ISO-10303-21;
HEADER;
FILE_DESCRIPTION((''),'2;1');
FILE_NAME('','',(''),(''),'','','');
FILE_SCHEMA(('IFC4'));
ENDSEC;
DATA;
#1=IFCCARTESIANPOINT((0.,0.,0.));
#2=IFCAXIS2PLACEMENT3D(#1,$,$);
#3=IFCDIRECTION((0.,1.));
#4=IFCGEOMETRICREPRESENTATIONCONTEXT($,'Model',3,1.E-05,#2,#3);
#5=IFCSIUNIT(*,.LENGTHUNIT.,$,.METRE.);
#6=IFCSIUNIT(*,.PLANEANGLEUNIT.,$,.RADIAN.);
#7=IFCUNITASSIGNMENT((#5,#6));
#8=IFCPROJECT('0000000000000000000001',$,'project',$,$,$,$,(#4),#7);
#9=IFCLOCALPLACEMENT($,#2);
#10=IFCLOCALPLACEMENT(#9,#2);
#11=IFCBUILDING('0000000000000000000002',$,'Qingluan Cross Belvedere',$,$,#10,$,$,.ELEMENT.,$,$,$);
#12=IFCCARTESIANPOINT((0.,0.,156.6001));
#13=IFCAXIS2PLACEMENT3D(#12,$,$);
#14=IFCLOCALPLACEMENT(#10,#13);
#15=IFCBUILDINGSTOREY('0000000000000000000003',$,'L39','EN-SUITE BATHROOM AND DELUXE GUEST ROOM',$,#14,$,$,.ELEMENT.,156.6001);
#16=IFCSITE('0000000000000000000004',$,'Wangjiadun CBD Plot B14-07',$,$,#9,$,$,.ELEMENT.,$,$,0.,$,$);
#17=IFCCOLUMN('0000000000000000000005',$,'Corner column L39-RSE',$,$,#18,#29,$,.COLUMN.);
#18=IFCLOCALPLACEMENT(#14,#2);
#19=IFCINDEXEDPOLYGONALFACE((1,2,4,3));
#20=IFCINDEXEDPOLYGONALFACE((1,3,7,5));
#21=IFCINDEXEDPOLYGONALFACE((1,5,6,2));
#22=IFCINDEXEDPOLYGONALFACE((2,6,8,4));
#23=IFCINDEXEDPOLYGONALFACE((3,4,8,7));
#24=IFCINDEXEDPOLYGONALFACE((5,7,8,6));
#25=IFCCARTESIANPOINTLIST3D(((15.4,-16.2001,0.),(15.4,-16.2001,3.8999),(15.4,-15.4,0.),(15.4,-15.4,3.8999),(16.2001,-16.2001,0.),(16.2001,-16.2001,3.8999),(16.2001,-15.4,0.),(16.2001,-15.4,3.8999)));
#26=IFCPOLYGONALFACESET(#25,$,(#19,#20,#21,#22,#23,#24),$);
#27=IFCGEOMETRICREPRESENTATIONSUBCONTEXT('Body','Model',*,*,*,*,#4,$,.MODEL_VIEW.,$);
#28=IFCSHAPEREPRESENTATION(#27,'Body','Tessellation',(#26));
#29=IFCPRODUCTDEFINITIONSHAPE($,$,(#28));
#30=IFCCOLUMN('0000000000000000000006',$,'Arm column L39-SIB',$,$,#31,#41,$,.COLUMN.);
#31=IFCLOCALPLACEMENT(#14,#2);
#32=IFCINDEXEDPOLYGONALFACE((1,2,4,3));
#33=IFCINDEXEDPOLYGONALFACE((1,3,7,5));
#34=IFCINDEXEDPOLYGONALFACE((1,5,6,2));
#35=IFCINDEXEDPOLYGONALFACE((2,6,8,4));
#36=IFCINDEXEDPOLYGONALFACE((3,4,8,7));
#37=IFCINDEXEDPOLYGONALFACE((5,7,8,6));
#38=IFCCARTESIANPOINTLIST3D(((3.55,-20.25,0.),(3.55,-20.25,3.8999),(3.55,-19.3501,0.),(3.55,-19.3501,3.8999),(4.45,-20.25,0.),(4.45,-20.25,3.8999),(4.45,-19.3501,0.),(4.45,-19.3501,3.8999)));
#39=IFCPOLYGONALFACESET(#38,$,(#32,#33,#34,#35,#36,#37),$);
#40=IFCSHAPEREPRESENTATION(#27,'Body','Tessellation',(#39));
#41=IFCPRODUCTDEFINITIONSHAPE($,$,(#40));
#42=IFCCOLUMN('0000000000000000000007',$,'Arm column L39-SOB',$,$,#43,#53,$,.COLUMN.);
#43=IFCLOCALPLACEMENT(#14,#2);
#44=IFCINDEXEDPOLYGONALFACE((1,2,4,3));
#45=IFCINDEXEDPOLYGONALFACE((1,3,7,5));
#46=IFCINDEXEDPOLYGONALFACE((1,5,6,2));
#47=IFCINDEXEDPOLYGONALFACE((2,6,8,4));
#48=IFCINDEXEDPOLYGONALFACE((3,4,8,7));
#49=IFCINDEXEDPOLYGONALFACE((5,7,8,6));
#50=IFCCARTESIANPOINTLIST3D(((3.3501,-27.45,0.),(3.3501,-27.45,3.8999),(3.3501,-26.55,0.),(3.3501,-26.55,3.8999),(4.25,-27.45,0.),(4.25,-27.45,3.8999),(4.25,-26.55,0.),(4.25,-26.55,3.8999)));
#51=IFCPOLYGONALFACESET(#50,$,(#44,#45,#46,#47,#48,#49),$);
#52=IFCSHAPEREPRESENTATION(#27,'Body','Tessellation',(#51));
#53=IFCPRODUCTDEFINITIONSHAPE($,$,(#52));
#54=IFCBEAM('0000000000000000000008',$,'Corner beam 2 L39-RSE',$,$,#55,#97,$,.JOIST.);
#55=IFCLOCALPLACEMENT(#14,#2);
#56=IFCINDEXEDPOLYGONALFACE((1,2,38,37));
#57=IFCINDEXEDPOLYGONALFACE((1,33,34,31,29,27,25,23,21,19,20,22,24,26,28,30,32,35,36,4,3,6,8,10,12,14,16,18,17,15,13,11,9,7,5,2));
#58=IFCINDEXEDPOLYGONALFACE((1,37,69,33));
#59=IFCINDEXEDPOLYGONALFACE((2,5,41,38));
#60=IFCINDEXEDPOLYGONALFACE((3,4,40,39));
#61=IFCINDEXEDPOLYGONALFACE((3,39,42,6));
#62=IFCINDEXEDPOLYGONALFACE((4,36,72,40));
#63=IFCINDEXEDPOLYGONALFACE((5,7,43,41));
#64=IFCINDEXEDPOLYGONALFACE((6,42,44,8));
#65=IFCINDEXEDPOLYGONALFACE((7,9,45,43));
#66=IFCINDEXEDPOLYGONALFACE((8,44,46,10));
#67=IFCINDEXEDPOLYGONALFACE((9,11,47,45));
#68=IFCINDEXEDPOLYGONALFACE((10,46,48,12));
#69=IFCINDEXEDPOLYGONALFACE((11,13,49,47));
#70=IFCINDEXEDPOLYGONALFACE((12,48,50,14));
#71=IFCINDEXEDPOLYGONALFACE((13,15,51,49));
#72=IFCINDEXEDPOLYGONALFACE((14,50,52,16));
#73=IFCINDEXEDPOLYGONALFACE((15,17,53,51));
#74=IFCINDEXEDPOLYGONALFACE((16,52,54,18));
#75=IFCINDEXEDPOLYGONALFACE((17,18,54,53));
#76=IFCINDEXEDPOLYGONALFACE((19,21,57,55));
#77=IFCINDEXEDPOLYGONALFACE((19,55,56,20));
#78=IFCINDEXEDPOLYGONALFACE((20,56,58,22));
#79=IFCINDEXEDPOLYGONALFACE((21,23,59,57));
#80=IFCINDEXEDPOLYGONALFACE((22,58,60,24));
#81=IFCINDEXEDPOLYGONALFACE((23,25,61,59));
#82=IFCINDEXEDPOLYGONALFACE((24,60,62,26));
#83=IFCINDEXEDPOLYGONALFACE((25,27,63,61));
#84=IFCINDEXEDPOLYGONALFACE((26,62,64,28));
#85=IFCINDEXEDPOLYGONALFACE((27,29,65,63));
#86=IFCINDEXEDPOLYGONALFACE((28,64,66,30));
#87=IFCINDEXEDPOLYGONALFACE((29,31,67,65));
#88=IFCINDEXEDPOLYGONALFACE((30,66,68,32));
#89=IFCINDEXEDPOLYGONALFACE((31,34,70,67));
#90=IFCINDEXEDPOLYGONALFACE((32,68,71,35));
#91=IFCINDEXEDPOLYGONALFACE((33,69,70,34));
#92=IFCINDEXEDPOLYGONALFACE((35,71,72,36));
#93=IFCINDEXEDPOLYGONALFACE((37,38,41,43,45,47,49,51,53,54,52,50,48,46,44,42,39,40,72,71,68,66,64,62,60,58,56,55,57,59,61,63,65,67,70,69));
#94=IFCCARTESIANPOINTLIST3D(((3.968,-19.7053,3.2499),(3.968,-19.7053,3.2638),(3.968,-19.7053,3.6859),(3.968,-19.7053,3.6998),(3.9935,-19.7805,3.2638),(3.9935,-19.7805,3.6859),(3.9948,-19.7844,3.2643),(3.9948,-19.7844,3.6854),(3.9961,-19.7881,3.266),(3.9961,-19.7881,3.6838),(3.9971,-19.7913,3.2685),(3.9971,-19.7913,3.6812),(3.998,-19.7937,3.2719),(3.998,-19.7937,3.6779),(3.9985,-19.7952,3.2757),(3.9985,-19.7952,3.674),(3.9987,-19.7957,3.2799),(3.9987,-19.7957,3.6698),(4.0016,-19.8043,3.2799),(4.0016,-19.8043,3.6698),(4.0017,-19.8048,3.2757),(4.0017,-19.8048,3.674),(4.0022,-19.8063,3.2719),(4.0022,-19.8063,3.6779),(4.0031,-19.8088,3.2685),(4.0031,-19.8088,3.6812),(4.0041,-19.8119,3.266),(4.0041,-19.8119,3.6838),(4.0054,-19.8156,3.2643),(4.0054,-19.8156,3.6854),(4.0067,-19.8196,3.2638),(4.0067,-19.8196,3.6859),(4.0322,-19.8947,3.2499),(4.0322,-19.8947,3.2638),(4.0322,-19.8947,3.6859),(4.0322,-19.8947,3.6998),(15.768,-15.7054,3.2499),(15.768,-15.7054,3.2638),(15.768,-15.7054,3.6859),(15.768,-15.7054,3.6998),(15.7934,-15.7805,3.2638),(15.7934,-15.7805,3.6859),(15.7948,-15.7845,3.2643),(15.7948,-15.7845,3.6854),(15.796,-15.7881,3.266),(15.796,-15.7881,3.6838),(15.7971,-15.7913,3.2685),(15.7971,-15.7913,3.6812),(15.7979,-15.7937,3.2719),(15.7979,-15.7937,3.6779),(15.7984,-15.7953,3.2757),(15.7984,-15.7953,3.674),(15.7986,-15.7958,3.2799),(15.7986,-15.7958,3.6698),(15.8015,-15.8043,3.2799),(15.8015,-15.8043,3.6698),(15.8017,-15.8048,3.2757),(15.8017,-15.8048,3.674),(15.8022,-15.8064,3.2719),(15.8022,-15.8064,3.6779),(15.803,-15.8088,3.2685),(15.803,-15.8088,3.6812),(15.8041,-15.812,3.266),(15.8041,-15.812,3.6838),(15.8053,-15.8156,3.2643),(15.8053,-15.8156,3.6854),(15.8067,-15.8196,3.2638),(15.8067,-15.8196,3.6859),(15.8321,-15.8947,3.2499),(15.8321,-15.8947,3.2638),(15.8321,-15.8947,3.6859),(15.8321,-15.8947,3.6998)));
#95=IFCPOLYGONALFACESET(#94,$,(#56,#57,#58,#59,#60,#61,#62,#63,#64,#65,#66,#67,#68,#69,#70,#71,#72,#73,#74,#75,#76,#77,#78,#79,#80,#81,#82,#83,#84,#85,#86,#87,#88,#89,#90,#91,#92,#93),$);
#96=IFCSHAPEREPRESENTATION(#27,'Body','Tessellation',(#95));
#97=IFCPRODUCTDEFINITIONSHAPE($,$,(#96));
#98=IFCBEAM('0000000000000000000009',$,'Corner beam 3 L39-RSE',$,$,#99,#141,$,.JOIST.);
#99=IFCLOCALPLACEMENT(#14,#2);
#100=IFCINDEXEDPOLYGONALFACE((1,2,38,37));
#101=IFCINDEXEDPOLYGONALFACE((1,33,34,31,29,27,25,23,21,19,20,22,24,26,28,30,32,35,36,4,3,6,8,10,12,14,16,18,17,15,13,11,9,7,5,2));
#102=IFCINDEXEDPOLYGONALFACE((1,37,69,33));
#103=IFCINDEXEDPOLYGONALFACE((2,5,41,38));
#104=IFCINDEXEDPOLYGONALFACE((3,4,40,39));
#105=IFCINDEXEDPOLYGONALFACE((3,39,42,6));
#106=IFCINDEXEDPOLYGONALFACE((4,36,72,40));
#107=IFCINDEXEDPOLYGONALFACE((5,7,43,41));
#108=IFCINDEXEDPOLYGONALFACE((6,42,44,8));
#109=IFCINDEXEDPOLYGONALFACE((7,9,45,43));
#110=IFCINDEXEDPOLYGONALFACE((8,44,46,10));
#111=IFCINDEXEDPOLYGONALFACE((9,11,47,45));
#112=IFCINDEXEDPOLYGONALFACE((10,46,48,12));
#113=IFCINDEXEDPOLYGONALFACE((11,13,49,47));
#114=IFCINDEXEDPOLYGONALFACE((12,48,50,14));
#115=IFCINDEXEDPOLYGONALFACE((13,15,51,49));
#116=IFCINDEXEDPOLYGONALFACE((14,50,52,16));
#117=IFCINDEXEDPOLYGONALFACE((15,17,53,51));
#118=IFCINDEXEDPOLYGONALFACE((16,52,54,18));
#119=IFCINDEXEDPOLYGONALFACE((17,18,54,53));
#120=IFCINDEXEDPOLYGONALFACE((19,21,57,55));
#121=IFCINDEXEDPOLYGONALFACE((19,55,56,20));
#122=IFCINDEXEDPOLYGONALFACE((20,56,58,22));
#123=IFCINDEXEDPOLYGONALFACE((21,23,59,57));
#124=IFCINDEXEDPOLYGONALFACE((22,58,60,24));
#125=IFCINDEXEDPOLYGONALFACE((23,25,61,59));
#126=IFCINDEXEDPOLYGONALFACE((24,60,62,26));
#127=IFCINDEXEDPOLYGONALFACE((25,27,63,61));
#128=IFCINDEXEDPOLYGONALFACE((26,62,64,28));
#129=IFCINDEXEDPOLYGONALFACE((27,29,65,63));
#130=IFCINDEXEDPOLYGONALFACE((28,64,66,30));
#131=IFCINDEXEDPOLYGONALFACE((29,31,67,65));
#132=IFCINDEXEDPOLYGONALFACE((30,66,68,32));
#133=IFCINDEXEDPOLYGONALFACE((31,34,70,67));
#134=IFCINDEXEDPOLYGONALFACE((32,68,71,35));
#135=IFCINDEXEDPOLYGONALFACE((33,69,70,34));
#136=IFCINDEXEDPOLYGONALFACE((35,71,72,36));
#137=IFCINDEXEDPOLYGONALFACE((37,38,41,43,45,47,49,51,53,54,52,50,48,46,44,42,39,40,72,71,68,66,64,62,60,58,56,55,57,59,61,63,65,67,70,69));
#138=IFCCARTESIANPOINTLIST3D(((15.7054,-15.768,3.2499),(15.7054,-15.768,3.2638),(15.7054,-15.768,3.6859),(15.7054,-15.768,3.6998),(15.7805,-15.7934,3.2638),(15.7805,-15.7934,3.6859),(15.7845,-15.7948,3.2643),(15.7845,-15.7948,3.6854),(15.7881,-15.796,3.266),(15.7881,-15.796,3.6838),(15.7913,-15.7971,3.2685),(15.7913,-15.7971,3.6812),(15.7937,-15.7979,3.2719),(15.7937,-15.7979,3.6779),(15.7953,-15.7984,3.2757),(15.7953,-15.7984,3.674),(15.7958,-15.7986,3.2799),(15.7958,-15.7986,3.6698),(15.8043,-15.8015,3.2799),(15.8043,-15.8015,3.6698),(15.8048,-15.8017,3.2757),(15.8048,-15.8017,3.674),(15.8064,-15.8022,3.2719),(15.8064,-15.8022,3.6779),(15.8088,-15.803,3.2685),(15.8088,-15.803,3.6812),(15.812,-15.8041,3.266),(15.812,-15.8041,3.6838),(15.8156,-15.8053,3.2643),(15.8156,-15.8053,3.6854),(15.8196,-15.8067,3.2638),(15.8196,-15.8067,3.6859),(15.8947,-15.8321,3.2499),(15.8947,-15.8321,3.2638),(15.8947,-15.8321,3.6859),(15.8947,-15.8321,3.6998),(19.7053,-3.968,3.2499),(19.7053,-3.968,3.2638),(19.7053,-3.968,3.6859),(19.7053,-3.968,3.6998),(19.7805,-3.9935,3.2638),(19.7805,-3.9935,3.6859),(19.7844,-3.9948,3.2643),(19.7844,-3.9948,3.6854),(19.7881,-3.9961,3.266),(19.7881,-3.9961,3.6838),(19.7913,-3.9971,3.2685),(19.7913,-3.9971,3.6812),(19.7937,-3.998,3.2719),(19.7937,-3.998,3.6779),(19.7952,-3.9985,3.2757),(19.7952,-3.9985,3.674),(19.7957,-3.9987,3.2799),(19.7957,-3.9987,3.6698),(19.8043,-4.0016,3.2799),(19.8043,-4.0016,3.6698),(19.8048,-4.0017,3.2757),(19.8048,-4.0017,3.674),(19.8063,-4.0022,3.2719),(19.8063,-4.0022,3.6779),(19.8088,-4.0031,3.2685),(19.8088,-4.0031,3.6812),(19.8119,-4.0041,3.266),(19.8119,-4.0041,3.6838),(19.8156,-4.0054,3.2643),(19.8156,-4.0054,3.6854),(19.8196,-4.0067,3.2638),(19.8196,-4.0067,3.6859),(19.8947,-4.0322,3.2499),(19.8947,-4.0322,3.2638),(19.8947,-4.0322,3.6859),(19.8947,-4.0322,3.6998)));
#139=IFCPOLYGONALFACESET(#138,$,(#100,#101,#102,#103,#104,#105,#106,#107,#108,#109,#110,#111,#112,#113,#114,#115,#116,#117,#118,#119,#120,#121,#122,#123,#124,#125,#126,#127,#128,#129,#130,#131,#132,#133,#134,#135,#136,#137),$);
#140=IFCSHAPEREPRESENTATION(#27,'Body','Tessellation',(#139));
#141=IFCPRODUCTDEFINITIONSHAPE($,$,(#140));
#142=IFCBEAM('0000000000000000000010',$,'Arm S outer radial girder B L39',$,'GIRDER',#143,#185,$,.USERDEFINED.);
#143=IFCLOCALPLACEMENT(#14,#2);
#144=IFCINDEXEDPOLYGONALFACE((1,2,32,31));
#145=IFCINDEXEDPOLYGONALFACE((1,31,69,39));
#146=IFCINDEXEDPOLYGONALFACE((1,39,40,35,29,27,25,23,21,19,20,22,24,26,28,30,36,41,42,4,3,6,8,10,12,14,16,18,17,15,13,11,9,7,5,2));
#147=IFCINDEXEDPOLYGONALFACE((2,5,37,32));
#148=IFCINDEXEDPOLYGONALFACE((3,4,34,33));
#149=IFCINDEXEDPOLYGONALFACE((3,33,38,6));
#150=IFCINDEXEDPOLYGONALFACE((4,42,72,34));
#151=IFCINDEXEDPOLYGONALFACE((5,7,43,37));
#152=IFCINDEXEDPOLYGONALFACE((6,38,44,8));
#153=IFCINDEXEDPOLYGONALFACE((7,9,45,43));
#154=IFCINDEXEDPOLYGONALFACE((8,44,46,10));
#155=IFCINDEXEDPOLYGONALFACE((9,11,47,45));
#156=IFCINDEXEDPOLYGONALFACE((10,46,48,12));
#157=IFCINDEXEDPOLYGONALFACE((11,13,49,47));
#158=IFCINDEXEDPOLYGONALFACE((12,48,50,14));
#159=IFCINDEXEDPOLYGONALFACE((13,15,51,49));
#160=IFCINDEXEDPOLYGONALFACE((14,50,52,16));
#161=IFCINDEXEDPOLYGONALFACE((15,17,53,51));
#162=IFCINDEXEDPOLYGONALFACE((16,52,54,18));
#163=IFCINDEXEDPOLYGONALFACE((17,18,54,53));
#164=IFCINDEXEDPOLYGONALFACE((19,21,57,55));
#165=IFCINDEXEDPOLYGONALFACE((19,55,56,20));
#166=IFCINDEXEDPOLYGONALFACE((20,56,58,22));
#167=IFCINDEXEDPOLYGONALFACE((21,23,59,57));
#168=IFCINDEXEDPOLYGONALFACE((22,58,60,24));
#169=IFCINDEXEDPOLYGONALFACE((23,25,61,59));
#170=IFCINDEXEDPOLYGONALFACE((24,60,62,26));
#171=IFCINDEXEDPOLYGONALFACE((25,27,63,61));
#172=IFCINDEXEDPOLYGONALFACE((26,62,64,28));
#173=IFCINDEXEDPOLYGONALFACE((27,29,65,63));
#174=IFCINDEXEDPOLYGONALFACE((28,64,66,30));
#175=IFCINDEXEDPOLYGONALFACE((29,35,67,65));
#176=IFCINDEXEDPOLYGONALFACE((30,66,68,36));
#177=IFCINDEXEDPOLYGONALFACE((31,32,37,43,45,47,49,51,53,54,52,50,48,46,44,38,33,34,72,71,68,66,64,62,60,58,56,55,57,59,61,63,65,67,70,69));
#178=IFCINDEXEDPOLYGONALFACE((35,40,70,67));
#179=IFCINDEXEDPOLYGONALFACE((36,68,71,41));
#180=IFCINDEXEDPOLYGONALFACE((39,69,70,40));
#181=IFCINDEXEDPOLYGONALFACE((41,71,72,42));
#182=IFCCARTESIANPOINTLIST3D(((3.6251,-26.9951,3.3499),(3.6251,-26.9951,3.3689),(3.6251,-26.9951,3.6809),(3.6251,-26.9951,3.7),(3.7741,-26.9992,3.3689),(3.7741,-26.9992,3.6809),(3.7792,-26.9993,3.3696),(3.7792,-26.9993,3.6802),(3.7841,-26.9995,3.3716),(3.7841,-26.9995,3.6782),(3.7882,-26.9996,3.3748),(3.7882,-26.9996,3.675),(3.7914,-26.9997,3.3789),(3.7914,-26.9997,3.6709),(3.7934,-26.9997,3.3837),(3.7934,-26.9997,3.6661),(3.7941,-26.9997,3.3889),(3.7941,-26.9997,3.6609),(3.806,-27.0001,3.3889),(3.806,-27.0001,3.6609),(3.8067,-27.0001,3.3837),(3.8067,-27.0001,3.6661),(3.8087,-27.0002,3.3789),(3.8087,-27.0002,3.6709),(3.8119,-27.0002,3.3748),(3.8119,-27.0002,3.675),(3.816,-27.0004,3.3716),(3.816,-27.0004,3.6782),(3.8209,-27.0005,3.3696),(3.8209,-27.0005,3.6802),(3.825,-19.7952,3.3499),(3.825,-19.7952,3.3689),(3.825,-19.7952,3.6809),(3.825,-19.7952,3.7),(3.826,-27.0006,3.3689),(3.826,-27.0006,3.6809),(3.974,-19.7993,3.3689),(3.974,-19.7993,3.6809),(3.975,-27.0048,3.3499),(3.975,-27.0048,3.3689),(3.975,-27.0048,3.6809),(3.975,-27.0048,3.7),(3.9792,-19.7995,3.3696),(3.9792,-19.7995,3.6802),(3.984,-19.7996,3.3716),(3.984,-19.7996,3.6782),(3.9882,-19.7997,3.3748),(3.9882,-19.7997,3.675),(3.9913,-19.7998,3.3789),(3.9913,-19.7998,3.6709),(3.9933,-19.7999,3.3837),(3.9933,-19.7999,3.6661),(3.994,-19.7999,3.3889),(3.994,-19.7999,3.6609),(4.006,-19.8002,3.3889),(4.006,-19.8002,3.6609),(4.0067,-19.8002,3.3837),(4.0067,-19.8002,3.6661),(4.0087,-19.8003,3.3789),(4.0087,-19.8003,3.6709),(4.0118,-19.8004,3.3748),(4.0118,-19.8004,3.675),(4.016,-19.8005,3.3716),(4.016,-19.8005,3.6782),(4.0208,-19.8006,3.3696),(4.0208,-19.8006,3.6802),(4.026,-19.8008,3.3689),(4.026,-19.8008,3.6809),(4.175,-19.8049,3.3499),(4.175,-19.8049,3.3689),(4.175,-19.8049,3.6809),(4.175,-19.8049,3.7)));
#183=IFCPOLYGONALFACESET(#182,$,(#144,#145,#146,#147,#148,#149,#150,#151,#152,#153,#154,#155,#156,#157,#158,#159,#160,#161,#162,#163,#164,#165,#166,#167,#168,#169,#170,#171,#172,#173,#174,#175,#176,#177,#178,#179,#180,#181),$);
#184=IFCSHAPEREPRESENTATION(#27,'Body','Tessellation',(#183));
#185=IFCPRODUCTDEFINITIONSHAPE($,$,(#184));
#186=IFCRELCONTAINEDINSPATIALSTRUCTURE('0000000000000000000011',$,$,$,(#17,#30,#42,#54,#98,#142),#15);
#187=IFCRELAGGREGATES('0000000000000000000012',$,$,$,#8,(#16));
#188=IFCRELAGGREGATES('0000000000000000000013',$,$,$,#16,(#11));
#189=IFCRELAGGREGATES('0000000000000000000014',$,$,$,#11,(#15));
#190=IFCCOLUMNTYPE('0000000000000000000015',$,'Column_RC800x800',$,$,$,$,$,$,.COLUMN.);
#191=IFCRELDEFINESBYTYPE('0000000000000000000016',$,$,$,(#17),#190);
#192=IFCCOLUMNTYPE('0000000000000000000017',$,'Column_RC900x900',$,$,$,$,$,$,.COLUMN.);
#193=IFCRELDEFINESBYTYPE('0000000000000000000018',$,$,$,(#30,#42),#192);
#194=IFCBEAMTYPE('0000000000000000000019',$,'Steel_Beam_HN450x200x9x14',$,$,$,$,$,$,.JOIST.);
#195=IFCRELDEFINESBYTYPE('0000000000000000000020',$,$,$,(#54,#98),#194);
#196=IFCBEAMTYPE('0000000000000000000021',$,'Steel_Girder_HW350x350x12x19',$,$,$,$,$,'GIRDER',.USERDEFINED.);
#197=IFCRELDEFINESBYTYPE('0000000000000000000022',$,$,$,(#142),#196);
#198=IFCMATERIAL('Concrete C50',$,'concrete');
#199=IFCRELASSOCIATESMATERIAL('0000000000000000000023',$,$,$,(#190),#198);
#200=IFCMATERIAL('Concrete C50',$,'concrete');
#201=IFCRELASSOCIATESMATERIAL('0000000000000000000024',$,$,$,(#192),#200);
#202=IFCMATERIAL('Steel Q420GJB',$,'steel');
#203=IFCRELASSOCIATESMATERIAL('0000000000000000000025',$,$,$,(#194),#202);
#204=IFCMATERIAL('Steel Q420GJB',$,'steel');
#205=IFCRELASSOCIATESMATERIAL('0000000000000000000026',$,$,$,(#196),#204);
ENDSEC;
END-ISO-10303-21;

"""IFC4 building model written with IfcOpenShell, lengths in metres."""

from ifc_helpers import new_model, si_unit, direction, frame, origin, origin_2d, place, context, subcontext, project, spatial, rectangle, i_section, extrude, material, material_profile, profile_set, type_object, element, save


model = new_model("IFC4")

# Units and contexts
model_context = context("Model", 3, precision=1e-05, world=origin(), true_north=direction((0.0, 1.0)))
body_context = subcontext(model_context, "Body", "Model", "MODEL_VIEW")
ifc_project = project(units=[si_unit("LENGTHUNIT", "METRE"), si_unit("PLANEANGLEUNIT", "RADIAN")], contexts=[model_context])

# Site, building, storey
site_placement = place(None, origin())
site = spatial("IfcSite", under=ifc_project, at=site_placement, Name="Wangjiadun CBD Plot B14-07", CompositionType="ELEMENT", RefElevation=0.0)
building_placement = place(site_placement, origin())
building = spatial("IfcBuilding", under=site, at=building_placement, Name="Qingluan Cross Belvedere", CompositionType="ELEMENT")
storey_placement = place(building_placement, frame((0.0, 0.0, 156.6001)))
storey = spatial("IfcBuildingStorey", under=building, at=storey_placement, Name="L39", Description="EN-SUITE BATHROOM AND DELUXE GUEST ROOM", CompositionType="ELEMENT", Elevation=156.6001)

# Columns
ifc_material_1 = material(Name="Concrete C50", Category="concrete")
ifc_material_profile_1 = material_profile(ifc_material_1, rectangle(XDim=0.8, YDim=0.8, at=origin_2d()), Name="RC800x800")
ifc_profile_set_1 = profile_set([ifc_material_profile_1], Name="Concrete C50")
column_type_1 = type_object("IfcColumnType", Name="Column_RC800x800", PredefinedType="COLUMN", material=ifc_profile_set_1)
column_placement = place(storey_placement, frame((15.8, -15.8, 0.0), z_axis=(0.0, 0.0, 1.0), x_axis=(1.0, 0.0, 0.0)))
element("IfcColumn", 1, at=column_placement, inside=storey, type_object=column_type_1, Name="Corner column L39-RSE", PredefinedType="COLUMN", context=body_context, shape_type="SweptSolid", body=[
    extrude(rectangle(XDim=0.8, YDim=0.8, at=origin_2d()), origin(), (0.0, 0.0, 1.0), 3.8999),
])
ifc_material_2 = material(Name="Concrete C50", Category="concrete")
ifc_material_profile_2 = material_profile(ifc_material_2, rectangle(XDim=0.8999, YDim=0.8999, at=origin_2d()), Name="RC900x900")
ifc_profile_set_2 = profile_set([ifc_material_profile_2], Name="Concrete C50")
column_type_2 = type_object("IfcColumnType", Name="Column_RC900x900", PredefinedType="COLUMN", material=ifc_profile_set_2)
for number, where, z_axis, x_axis, name in (
    (2, (4.0, -19.8, 0.0), (0.0, 0.0, 1.0), (1.0, 0.0, 0.0), "Arm column L39-SIB"),
    (3, (3.8, -27.0, 0.0), (0.0, 0.0, 1.0), (1.0, 0.0, 0.0), "Arm column L39-SOB"),
):
    element("IfcColumn", number, at=place(storey_placement, frame(where, z_axis=z_axis, x_axis=x_axis)), inside=storey, type_object=column_type_2, Name=name, PredefinedType="COLUMN", context=body_context, shape_type="SweptSolid", body=[
        extrude(rectangle(XDim=0.8999, YDim=0.8999, at=origin_2d()), origin(), (0.0, 0.0, 1.0), 3.8999),
    ])

# Beams
ifc_material_3 = material(Name="Steel Q420GJB", Category="steel")
ifc_material_profile_3 = material_profile(ifc_material_3, i_section(OverallWidth=0.2, OverallDepth=0.45, WebThickness=0.009, FlangeThickness=0.0139, FilletRadius=0.0161, at=origin_2d()), Name="HN450x200x9x14")
ifc_profile_set_3 = profile_set([ifc_material_profile_3], Name="Steel Q420GJB")
beam_type_1 = type_object("IfcBeamType", Name="Steel_Beam_HN450x200x9x14", PredefinedType="JOIST", material=ifc_profile_set_3)
for number, where, z_axis, x_axis, name in (
    (4, (15.8, -15.8, 3.4749), (-0.947066, -0.321038, 0.0), (0.321038, -0.947066, 0.0), "Corner beam 2 L39-RSE"),
    (5, (15.8, -15.8, 3.4749), (0.321038, 0.947066, 0.0), (-0.947066, 0.321038, 0.0), "Corner beam 3 L39-RSE"),
):
    element("IfcBeam", number, at=place(storey_placement, frame(where, z_axis=z_axis, x_axis=x_axis)), inside=storey, type_object=beam_type_1, Name=name, PredefinedType="JOIST", context=body_context, shape_type="SweptSolid", body=[
        extrude(i_section(OverallWidth=0.2, OverallDepth=0.45, WebThickness=0.009, FlangeThickness=0.0139, FilletRadius=0.0161, at=origin_2d()), origin(), (0.0, 0.0, 1.0), 12.4595),
    ])
ifc_material_4 = material(Name="Steel Q420GJB", Category="steel")
ifc_material_profile_4 = material_profile(ifc_material_4, i_section(OverallWidth=0.3501, OverallDepth=0.3501, WebThickness=0.012, FlangeThickness=0.019, FilletRadius=0.02, at=origin_2d()), Name="HW350x350x12x19")
ifc_profile_set_4 = profile_set([ifc_material_profile_4], Name="Steel Q420GJB")
beam_type_2 = type_object("IfcBeamType", Name="Steel_Girder_HW350x350x12x19", ElementType="GIRDER", PredefinedType="USERDEFINED", material=ifc_profile_set_4)
beam_placement = place(storey_placement, frame((4.0, -19.8, 3.5249), z_axis=(-0.02776, -0.999615, 0.0), x_axis=(0.999615, -0.02776, 0.0)))
element("IfcBeam", 6, at=beam_placement, inside=storey, type_object=beam_type_2, Name="Arm S outer radial girder B L39", ObjectType="GIRDER", PredefinedType="USERDEFINED", context=body_context, shape_type="SweptSolid", body=[
    extrude(i_section(OverallWidth=0.3501, OverallDepth=0.3501, WebThickness=0.012, FlangeThickness=0.019, FilletRadius=0.02, at=origin_2d()), origin(), (0.0, 0.0, 1.0), 7.2026),
])

save(model, "model.ifc")
